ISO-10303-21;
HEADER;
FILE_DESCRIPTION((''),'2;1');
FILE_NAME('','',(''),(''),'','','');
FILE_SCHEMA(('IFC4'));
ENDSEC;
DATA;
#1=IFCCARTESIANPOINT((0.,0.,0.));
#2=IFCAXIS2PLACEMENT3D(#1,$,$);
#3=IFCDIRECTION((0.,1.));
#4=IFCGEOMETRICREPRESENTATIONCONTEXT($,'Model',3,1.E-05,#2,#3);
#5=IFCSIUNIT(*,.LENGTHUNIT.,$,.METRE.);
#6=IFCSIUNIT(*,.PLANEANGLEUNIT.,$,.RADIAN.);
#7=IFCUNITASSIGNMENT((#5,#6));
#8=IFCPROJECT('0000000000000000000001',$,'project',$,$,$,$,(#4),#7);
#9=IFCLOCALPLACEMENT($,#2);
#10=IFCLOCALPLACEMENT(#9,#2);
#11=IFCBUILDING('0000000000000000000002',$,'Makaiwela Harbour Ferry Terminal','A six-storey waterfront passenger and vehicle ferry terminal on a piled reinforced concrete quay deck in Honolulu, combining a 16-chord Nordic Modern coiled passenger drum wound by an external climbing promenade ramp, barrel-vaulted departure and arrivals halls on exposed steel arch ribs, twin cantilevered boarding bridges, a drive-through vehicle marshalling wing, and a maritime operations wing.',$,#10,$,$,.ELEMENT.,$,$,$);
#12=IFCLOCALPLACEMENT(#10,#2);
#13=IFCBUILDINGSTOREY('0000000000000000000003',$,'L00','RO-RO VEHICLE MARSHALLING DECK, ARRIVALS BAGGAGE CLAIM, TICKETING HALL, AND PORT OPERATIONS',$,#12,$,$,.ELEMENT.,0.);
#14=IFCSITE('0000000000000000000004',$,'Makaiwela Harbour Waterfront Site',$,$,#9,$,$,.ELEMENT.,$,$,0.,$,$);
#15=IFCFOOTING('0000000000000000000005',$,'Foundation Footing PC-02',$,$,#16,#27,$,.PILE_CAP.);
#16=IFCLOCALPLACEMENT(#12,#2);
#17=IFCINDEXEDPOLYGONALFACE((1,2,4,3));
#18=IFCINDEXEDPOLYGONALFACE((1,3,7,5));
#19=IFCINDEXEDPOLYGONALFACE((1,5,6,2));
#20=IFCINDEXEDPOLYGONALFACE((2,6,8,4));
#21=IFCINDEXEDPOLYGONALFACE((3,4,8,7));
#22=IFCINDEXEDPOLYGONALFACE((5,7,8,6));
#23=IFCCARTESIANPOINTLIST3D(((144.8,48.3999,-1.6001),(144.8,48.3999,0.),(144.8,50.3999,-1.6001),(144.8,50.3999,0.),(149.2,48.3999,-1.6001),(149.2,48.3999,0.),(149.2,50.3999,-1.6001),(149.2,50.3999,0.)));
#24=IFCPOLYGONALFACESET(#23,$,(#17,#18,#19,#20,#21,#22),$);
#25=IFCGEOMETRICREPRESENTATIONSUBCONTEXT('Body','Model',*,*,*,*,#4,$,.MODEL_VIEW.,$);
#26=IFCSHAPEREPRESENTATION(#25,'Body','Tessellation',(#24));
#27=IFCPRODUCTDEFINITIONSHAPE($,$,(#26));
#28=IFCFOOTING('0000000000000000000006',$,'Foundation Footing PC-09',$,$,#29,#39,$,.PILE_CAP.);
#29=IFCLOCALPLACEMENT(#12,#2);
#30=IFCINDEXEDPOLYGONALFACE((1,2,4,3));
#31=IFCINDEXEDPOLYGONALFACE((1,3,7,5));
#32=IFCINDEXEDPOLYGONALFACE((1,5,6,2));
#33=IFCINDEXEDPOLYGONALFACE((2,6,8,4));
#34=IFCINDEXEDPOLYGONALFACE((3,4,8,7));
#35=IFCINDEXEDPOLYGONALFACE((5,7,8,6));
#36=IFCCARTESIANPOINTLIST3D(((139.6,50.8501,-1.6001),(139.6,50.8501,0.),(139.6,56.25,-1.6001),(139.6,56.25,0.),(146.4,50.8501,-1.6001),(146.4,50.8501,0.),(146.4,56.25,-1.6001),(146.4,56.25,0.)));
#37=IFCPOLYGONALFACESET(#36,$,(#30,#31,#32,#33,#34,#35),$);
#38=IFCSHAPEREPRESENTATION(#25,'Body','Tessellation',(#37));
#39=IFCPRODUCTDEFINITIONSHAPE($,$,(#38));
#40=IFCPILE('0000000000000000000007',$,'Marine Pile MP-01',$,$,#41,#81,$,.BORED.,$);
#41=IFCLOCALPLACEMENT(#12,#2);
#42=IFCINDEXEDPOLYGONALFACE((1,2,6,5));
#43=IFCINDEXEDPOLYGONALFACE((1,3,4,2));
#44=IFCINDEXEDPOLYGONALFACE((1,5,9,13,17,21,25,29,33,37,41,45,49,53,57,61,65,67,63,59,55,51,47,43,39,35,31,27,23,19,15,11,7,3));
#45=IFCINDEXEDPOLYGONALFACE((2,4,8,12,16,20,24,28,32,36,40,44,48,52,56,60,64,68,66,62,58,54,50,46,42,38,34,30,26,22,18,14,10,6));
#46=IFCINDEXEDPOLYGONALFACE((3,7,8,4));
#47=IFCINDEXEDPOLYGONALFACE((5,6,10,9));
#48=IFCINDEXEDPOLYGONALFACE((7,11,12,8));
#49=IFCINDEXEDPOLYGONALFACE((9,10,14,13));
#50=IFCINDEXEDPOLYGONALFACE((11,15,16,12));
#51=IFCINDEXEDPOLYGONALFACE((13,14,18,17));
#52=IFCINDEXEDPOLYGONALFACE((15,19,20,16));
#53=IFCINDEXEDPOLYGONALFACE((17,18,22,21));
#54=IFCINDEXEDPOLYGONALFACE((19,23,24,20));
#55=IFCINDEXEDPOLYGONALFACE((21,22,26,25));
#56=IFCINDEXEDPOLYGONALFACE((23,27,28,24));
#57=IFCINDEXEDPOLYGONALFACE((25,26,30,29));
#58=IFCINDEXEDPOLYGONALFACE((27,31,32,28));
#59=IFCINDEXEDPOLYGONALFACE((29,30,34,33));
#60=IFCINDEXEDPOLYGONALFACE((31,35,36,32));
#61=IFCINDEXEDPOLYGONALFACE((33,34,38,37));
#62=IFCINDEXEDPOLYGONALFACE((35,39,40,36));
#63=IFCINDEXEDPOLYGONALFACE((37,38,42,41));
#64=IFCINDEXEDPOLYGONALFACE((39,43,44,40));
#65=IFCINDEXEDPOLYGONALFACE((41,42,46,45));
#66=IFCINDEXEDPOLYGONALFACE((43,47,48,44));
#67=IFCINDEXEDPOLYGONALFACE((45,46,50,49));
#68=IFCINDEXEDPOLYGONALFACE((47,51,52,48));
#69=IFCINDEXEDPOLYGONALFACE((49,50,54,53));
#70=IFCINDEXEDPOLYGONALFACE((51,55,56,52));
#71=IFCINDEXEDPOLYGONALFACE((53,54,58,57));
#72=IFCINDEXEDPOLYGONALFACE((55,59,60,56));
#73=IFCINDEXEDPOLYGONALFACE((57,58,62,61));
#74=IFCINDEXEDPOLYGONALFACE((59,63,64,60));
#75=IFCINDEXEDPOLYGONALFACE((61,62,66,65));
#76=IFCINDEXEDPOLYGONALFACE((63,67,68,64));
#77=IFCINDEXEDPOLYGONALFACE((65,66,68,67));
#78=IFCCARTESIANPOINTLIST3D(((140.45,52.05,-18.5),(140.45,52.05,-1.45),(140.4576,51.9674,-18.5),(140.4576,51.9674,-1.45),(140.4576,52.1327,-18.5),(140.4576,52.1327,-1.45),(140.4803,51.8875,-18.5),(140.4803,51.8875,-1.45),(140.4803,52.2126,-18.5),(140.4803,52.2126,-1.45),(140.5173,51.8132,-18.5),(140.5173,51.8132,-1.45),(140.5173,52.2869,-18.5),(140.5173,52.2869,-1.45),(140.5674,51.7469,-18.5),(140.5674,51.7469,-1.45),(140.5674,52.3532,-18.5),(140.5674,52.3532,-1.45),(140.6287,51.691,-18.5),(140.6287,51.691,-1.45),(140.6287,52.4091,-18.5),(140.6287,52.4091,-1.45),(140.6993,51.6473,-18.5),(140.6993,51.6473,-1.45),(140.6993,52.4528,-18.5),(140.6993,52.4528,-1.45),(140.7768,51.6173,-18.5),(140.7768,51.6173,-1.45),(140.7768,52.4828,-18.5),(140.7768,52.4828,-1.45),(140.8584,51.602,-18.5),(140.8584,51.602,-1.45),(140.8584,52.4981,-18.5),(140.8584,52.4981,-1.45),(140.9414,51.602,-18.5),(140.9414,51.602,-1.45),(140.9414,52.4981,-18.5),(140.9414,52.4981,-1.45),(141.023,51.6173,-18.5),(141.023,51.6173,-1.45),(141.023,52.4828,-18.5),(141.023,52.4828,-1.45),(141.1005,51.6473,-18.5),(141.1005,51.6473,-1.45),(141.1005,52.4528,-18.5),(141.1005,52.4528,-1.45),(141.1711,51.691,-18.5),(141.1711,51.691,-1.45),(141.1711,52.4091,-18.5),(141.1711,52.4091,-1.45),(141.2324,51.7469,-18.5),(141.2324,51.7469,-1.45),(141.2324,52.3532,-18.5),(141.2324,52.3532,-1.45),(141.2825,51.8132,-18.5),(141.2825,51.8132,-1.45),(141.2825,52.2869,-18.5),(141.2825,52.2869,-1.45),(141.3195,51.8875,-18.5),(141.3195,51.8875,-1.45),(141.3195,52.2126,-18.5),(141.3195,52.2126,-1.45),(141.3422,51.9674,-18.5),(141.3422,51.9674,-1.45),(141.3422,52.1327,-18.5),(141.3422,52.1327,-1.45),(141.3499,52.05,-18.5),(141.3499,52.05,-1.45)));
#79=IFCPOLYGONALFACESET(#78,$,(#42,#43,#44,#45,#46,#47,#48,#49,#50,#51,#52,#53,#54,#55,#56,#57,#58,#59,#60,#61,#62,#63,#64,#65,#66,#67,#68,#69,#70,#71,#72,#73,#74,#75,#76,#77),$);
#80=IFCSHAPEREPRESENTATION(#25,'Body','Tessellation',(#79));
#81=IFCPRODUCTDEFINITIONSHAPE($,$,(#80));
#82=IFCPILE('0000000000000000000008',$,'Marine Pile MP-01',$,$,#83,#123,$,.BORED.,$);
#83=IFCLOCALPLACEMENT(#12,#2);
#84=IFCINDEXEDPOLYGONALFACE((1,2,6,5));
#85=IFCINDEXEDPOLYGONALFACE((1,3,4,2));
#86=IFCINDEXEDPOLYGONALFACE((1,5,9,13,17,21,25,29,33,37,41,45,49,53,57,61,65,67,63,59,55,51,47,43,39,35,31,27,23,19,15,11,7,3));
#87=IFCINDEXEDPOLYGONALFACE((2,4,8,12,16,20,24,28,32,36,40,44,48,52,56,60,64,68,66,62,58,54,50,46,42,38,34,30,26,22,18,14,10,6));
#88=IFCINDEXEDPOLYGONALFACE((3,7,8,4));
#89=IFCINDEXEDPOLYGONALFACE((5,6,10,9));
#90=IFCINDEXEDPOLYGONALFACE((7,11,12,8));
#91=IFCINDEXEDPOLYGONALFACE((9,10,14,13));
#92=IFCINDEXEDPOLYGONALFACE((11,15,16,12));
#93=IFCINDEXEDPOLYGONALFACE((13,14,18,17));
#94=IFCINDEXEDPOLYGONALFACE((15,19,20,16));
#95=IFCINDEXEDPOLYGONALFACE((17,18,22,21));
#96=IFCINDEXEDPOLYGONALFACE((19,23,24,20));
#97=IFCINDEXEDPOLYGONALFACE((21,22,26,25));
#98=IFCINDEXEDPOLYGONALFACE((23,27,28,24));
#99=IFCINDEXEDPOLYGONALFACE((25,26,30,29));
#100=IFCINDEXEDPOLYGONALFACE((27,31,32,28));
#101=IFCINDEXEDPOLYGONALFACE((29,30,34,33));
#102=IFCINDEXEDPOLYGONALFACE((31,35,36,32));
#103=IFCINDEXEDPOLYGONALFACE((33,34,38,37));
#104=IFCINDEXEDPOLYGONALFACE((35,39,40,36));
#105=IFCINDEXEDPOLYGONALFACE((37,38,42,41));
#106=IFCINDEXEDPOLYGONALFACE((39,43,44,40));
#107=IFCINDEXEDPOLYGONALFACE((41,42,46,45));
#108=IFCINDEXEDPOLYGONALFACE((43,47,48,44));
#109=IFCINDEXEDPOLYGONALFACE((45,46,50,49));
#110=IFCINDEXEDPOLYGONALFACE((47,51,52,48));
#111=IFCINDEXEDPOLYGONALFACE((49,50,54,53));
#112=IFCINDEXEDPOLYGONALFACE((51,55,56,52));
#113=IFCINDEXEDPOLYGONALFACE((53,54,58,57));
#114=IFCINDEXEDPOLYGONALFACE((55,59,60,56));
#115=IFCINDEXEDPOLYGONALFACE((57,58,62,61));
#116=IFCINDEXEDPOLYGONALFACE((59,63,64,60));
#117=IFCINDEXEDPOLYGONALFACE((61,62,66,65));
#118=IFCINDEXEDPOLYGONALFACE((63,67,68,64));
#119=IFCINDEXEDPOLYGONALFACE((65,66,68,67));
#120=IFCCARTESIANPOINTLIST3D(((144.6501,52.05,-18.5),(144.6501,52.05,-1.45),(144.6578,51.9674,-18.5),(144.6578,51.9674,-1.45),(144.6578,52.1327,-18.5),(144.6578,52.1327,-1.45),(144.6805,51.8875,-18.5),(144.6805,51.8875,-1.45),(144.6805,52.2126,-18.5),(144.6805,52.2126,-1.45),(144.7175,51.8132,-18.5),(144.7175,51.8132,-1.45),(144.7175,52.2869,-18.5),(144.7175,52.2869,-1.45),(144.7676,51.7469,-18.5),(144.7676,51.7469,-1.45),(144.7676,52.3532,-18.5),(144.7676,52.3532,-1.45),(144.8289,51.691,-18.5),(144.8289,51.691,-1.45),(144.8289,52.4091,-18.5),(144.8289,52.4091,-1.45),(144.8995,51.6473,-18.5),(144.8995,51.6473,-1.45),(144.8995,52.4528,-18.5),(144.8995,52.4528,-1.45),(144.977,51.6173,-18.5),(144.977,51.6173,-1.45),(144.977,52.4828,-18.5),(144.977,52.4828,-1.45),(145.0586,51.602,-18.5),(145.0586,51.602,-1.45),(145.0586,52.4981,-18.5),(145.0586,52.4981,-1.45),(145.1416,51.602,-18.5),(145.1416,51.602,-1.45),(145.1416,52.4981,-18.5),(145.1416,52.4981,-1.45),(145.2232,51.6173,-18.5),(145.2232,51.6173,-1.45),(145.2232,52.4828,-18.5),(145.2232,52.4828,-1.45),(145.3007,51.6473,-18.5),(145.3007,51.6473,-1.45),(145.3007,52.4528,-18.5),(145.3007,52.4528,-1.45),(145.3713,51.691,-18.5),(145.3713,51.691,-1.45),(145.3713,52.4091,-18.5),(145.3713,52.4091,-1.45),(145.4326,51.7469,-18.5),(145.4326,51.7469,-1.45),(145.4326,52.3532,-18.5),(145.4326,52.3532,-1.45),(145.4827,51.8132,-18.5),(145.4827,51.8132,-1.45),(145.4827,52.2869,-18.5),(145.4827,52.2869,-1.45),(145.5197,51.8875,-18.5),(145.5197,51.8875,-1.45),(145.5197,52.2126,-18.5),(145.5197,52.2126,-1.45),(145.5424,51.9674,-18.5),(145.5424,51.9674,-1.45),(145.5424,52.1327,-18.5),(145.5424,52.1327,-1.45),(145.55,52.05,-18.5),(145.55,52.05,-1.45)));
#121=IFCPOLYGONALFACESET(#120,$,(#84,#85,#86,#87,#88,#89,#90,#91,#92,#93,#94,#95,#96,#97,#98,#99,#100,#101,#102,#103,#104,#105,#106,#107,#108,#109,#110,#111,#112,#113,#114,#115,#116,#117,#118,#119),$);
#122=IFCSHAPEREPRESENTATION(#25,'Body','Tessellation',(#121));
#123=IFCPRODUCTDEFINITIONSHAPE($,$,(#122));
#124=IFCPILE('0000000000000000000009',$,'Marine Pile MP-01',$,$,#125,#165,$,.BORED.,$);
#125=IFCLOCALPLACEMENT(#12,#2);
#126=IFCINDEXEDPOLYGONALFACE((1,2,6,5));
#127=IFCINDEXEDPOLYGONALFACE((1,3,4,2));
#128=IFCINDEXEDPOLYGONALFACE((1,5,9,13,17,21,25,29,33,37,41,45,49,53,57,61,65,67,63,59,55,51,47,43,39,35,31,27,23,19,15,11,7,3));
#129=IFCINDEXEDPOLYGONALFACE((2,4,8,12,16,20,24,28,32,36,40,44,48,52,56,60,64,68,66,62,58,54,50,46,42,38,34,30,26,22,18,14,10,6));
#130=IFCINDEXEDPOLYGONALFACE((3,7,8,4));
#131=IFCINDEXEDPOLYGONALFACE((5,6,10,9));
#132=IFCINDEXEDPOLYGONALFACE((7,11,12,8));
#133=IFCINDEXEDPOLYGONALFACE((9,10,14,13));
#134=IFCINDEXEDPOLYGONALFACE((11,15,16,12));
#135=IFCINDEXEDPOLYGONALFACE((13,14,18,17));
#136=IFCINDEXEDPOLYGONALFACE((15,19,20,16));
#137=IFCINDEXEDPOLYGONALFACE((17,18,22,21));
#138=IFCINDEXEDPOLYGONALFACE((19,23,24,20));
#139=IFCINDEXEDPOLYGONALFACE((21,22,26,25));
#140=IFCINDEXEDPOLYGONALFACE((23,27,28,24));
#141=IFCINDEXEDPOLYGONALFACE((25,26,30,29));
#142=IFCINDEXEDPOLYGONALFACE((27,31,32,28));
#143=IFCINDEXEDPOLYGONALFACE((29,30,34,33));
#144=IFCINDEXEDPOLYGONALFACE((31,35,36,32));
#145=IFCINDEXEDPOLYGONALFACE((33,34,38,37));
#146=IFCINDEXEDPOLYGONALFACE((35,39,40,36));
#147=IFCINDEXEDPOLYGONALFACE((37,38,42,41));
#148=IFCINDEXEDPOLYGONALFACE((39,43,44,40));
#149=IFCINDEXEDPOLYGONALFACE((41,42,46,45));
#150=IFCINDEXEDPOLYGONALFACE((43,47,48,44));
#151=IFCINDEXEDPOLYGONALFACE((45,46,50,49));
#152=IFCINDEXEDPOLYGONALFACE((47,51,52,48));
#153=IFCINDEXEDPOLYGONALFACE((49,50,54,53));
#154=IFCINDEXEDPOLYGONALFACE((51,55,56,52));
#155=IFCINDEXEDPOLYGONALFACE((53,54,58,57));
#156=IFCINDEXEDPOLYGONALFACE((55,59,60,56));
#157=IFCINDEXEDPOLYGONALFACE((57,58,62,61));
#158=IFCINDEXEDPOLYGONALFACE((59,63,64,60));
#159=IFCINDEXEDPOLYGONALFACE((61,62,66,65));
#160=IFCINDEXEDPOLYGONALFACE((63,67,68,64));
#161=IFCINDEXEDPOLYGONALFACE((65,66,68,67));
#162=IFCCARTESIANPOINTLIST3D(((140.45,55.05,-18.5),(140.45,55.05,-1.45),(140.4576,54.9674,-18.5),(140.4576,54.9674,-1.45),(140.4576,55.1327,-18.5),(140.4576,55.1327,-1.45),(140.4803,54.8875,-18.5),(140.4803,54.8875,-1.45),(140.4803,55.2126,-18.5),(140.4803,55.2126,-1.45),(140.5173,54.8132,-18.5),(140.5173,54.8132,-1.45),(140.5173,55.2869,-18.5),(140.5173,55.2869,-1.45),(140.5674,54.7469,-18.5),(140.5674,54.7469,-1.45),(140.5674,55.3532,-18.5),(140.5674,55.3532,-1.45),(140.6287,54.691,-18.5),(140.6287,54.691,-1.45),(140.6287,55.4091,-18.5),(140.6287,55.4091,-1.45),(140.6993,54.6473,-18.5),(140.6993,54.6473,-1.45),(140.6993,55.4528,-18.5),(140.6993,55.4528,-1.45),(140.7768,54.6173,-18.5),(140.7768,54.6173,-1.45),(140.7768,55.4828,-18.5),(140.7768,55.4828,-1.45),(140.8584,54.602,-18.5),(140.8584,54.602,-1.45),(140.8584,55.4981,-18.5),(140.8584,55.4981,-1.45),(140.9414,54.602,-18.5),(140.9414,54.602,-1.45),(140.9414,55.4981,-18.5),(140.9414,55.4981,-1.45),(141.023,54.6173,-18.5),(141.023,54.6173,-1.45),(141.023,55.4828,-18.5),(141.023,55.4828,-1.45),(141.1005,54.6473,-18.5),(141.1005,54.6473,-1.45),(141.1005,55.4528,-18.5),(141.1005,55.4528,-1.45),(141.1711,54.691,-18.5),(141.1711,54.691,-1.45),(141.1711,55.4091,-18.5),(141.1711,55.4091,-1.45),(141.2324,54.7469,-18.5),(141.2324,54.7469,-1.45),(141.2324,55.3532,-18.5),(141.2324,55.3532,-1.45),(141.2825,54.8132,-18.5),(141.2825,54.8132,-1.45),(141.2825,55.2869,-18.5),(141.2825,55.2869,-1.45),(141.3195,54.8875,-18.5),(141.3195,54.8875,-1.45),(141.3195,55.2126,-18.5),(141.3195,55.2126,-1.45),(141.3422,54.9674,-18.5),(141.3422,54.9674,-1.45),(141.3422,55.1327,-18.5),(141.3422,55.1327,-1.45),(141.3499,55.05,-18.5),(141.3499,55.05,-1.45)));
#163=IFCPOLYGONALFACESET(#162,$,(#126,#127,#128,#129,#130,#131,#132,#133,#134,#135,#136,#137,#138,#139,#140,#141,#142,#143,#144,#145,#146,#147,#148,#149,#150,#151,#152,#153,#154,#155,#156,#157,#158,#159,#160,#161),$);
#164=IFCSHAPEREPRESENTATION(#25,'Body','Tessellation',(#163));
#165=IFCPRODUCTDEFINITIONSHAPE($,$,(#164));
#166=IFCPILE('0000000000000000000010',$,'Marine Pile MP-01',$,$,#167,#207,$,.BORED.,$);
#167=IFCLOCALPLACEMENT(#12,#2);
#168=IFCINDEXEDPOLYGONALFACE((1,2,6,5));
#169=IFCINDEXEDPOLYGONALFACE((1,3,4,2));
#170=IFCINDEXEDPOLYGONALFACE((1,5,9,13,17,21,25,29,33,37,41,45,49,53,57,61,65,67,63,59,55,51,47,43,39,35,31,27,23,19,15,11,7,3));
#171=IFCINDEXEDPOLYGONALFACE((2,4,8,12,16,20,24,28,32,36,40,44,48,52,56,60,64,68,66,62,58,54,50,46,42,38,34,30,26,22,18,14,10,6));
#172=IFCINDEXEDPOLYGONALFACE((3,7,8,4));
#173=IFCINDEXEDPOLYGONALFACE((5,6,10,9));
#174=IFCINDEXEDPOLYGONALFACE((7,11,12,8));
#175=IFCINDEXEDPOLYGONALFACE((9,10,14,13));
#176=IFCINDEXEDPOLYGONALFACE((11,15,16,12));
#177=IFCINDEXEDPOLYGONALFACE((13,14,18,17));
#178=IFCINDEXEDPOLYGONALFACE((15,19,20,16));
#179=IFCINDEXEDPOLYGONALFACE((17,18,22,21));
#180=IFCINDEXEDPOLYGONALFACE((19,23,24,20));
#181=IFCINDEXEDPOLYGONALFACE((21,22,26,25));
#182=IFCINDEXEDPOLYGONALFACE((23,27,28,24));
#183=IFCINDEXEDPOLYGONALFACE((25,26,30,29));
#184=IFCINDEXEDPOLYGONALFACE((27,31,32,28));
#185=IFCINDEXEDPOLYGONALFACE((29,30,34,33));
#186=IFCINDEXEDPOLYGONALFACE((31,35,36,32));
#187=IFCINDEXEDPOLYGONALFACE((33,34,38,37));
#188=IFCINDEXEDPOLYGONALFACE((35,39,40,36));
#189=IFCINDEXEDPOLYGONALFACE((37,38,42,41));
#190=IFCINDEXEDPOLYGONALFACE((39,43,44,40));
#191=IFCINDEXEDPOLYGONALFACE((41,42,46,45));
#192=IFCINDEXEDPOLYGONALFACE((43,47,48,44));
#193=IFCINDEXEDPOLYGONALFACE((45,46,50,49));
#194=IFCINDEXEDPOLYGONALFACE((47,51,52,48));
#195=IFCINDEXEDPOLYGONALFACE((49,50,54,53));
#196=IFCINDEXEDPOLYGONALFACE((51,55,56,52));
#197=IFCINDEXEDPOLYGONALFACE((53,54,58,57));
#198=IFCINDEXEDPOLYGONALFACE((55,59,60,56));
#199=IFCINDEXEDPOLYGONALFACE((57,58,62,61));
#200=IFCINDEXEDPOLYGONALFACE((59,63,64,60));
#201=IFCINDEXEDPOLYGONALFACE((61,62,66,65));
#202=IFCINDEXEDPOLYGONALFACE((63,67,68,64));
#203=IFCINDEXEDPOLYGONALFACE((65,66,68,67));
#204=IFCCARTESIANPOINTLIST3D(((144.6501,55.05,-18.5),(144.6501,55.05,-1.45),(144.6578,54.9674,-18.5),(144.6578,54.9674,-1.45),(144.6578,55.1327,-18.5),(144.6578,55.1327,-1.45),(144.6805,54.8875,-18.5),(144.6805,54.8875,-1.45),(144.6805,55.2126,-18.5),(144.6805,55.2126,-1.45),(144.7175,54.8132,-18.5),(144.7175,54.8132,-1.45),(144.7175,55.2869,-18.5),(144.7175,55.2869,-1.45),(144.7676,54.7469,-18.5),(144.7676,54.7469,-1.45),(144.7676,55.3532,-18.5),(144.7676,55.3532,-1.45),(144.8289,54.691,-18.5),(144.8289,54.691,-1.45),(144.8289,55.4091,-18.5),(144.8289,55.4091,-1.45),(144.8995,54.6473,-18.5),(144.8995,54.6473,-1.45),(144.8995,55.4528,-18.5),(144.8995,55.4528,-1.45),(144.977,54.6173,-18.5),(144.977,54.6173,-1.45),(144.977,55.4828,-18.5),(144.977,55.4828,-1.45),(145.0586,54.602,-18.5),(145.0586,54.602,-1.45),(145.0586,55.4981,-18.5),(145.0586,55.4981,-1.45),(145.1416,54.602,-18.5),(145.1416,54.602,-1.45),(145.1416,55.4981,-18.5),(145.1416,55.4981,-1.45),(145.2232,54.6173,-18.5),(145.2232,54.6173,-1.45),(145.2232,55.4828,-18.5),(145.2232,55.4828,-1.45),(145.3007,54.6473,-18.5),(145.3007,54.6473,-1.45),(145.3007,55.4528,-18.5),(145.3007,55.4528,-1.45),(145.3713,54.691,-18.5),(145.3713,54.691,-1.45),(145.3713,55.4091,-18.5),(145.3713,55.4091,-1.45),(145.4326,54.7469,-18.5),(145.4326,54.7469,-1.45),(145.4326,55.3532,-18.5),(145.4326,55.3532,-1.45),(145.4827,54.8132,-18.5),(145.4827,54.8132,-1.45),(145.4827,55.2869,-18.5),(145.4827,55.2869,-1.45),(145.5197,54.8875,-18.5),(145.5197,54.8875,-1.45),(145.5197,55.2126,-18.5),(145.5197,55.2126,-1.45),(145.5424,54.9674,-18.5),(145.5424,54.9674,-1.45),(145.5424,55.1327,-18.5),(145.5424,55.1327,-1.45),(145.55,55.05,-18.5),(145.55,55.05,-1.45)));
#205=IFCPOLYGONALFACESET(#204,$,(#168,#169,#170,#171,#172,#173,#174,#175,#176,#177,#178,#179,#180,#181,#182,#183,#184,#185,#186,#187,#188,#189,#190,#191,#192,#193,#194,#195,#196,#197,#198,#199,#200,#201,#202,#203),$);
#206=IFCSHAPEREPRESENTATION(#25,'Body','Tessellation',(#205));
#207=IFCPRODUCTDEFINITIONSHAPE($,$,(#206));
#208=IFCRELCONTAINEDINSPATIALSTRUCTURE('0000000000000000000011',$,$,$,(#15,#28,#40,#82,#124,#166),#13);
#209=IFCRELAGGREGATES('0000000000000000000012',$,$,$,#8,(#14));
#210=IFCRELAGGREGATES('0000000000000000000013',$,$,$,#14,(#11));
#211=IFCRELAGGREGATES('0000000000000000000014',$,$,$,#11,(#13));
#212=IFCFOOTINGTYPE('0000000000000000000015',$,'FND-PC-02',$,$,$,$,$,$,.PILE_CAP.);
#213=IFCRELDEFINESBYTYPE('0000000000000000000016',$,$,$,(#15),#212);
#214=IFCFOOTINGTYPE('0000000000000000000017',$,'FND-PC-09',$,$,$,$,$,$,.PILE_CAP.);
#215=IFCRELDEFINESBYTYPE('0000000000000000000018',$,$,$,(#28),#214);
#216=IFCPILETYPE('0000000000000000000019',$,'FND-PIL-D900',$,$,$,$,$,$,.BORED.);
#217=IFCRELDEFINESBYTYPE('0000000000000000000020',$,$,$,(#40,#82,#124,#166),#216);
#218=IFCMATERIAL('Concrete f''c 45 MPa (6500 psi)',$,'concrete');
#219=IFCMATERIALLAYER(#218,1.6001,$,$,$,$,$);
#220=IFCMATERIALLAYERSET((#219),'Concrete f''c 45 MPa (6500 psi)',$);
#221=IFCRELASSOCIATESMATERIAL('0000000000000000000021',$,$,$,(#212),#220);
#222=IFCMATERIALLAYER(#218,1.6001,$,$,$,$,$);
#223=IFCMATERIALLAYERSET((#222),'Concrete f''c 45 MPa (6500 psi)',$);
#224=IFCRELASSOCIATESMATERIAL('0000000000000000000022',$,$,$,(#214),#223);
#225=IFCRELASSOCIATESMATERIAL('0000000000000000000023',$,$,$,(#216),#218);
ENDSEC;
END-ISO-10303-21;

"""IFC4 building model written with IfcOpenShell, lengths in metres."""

from ifc_helpers import new_model, si_unit, direction, frame, origin, origin_2d, place, context, subcontext, project, spatial, rectangle, circle, extrude, material, layer, layer_set, material_profile, profile_set, type_object, element, save


model = new_model("IFC4")

# Units and contexts
model_context = context("Model", 3, precision=1e-05, world=origin(), true_north=direction((0.0, 1.0)))
body_context = subcontext(model_context, "Body", "Model", "MODEL_VIEW")
ifc_project = project(units=[si_unit("LENGTHUNIT", "METRE"), si_unit("PLANEANGLEUNIT", "RADIAN")], contexts=[model_context])

# Site, building, storey
site_placement = place(None, origin())
site = spatial("IfcSite", under=ifc_project, at=site_placement, Name="Makaiwela Harbour Waterfront Site", CompositionType="ELEMENT", RefElevation=0.0)
building_placement = place(site_placement, origin())
building = spatial("IfcBuilding", under=site, at=building_placement, Name="Makaiwela Harbour Ferry Terminal", Description="A six-storey waterfront passenger and vehicle ferry terminal on a piled reinforced concrete quay deck in Honolulu, combining a 16-chord Nordic Modern coiled passenger drum wound by an external climbing promenade ramp, barrel-vaulted departure and arrivals halls on exposed steel arch ribs, twin cantilevered boarding bridges, a drive-through vehicle marshalling wing, and a maritime operations wing.", CompositionType="ELEMENT")
storey_placement = place(building_placement, origin())
storey = spatial("IfcBuildingStorey", under=building, at=storey_placement, Name="L00", Description="RO-RO VEHICLE MARSHALLING DECK, ARRIVALS BAGGAGE CLAIM, TICKETING HALL, AND PORT OPERATIONS", CompositionType="ELEMENT", Elevation=0.0)

# Footings
ifc_material_1 = material(Name="Concrete f'c 45 MPa (6500 psi)", Category="concrete")
ifc_layer_1 = layer(ifc_material_1, 1.6001)
ifc_layer_set_1 = layer_set([ifc_layer_1], Name="Concrete f'c 45 MPa (6500 psi)")
footing_type_1 = type_object("IfcFootingType", Name="FND-PC-02", PredefinedType="PILE_CAP", material=ifc_layer_set_1)
footing_1_placement = place(storey_placement, frame((147.0, 49.3999, -1.6001), z_axis=(0.0, 0.0, 1.0), x_axis=(1.0, 0.0, 0.0)))
element("IfcFooting", 1, at=footing_1_placement, inside=storey, type_object=footing_type_1, Name="Foundation Footing PC-02", PredefinedType="PILE_CAP", context=body_context, shape_type="SweptSolid", body=[
    extrude(rectangle(XDim=4.3999, YDim=2.0, at=origin_2d()), origin(), (0.0, 0.0, 1.0), 1.6001),
])
ifc_layer_2 = layer(ifc_material_1, 1.6001)
ifc_layer_set_2 = layer_set([ifc_layer_2], Name="Concrete f'c 45 MPa (6500 psi)")
footing_type_2 = type_object("IfcFootingType", Name="FND-PC-09", PredefinedType="PILE_CAP", material=ifc_layer_set_2)
footing_2_placement = place(storey_placement, frame((143.0, 53.55, -1.6001), z_axis=(0.0, 0.0, 1.0), x_axis=(1.0, 0.0, 0.0)))
element("IfcFooting", 2, at=footing_2_placement, inside=storey, type_object=footing_type_2, Name="Foundation Footing PC-09", PredefinedType="PILE_CAP", context=body_context, shape_type="SweptSolid", body=[
    extrude(rectangle(XDim=6.8, YDim=5.3999, at=origin_2d()), origin(), (0.0, 0.0, 1.0), 1.6001),
])

# Piles
ifc_material_profile_1 = material_profile(ifc_material_1, circle(Radius=0.45, at=origin_2d()), Name="PILE-D900")
ifc_profile_set_1 = profile_set([ifc_material_profile_1], Name="Concrete f'c 45 MPa (6500 psi)")
pile_type = type_object("IfcPileType", Name="FND-PIL-D900", PredefinedType="BORED", material=ifc_profile_set_1)
for number, where, z_axis, x_axis, name in (
    (3, (140.8999, 52.05, -1.45), (0.0, 0.0, -1.0), (1.0, 0.0, 0.0), "Marine Pile MP-01"),
    (4, (145.1001, 52.05, -1.45), (0.0, 0.0, -1.0), (1.0, 0.0, 0.0), "Marine Pile MP-01"),
    (5, (140.8999, 55.05, -1.45), (0.0, 0.0, -1.0), (1.0, 0.0, 0.0), "Marine Pile MP-01"),
    (6, (145.1001, 55.05, -1.45), (0.0, 0.0, -1.0), (1.0, 0.0, 0.0), "Marine Pile MP-01"),
):
    element("IfcPile", number, at=place(storey_placement, frame(where, z_axis=z_axis, x_axis=x_axis)), inside=storey, type_object=pile_type, Name=name, PredefinedType="BORED", context=body_context, shape_type="SweptSolid", body=[
        extrude(circle(Radius=0.45, at=origin_2d()), origin(), (0.0, 0.0, 1.0), 17.05),
    ])

save(model, "model.ifc")
